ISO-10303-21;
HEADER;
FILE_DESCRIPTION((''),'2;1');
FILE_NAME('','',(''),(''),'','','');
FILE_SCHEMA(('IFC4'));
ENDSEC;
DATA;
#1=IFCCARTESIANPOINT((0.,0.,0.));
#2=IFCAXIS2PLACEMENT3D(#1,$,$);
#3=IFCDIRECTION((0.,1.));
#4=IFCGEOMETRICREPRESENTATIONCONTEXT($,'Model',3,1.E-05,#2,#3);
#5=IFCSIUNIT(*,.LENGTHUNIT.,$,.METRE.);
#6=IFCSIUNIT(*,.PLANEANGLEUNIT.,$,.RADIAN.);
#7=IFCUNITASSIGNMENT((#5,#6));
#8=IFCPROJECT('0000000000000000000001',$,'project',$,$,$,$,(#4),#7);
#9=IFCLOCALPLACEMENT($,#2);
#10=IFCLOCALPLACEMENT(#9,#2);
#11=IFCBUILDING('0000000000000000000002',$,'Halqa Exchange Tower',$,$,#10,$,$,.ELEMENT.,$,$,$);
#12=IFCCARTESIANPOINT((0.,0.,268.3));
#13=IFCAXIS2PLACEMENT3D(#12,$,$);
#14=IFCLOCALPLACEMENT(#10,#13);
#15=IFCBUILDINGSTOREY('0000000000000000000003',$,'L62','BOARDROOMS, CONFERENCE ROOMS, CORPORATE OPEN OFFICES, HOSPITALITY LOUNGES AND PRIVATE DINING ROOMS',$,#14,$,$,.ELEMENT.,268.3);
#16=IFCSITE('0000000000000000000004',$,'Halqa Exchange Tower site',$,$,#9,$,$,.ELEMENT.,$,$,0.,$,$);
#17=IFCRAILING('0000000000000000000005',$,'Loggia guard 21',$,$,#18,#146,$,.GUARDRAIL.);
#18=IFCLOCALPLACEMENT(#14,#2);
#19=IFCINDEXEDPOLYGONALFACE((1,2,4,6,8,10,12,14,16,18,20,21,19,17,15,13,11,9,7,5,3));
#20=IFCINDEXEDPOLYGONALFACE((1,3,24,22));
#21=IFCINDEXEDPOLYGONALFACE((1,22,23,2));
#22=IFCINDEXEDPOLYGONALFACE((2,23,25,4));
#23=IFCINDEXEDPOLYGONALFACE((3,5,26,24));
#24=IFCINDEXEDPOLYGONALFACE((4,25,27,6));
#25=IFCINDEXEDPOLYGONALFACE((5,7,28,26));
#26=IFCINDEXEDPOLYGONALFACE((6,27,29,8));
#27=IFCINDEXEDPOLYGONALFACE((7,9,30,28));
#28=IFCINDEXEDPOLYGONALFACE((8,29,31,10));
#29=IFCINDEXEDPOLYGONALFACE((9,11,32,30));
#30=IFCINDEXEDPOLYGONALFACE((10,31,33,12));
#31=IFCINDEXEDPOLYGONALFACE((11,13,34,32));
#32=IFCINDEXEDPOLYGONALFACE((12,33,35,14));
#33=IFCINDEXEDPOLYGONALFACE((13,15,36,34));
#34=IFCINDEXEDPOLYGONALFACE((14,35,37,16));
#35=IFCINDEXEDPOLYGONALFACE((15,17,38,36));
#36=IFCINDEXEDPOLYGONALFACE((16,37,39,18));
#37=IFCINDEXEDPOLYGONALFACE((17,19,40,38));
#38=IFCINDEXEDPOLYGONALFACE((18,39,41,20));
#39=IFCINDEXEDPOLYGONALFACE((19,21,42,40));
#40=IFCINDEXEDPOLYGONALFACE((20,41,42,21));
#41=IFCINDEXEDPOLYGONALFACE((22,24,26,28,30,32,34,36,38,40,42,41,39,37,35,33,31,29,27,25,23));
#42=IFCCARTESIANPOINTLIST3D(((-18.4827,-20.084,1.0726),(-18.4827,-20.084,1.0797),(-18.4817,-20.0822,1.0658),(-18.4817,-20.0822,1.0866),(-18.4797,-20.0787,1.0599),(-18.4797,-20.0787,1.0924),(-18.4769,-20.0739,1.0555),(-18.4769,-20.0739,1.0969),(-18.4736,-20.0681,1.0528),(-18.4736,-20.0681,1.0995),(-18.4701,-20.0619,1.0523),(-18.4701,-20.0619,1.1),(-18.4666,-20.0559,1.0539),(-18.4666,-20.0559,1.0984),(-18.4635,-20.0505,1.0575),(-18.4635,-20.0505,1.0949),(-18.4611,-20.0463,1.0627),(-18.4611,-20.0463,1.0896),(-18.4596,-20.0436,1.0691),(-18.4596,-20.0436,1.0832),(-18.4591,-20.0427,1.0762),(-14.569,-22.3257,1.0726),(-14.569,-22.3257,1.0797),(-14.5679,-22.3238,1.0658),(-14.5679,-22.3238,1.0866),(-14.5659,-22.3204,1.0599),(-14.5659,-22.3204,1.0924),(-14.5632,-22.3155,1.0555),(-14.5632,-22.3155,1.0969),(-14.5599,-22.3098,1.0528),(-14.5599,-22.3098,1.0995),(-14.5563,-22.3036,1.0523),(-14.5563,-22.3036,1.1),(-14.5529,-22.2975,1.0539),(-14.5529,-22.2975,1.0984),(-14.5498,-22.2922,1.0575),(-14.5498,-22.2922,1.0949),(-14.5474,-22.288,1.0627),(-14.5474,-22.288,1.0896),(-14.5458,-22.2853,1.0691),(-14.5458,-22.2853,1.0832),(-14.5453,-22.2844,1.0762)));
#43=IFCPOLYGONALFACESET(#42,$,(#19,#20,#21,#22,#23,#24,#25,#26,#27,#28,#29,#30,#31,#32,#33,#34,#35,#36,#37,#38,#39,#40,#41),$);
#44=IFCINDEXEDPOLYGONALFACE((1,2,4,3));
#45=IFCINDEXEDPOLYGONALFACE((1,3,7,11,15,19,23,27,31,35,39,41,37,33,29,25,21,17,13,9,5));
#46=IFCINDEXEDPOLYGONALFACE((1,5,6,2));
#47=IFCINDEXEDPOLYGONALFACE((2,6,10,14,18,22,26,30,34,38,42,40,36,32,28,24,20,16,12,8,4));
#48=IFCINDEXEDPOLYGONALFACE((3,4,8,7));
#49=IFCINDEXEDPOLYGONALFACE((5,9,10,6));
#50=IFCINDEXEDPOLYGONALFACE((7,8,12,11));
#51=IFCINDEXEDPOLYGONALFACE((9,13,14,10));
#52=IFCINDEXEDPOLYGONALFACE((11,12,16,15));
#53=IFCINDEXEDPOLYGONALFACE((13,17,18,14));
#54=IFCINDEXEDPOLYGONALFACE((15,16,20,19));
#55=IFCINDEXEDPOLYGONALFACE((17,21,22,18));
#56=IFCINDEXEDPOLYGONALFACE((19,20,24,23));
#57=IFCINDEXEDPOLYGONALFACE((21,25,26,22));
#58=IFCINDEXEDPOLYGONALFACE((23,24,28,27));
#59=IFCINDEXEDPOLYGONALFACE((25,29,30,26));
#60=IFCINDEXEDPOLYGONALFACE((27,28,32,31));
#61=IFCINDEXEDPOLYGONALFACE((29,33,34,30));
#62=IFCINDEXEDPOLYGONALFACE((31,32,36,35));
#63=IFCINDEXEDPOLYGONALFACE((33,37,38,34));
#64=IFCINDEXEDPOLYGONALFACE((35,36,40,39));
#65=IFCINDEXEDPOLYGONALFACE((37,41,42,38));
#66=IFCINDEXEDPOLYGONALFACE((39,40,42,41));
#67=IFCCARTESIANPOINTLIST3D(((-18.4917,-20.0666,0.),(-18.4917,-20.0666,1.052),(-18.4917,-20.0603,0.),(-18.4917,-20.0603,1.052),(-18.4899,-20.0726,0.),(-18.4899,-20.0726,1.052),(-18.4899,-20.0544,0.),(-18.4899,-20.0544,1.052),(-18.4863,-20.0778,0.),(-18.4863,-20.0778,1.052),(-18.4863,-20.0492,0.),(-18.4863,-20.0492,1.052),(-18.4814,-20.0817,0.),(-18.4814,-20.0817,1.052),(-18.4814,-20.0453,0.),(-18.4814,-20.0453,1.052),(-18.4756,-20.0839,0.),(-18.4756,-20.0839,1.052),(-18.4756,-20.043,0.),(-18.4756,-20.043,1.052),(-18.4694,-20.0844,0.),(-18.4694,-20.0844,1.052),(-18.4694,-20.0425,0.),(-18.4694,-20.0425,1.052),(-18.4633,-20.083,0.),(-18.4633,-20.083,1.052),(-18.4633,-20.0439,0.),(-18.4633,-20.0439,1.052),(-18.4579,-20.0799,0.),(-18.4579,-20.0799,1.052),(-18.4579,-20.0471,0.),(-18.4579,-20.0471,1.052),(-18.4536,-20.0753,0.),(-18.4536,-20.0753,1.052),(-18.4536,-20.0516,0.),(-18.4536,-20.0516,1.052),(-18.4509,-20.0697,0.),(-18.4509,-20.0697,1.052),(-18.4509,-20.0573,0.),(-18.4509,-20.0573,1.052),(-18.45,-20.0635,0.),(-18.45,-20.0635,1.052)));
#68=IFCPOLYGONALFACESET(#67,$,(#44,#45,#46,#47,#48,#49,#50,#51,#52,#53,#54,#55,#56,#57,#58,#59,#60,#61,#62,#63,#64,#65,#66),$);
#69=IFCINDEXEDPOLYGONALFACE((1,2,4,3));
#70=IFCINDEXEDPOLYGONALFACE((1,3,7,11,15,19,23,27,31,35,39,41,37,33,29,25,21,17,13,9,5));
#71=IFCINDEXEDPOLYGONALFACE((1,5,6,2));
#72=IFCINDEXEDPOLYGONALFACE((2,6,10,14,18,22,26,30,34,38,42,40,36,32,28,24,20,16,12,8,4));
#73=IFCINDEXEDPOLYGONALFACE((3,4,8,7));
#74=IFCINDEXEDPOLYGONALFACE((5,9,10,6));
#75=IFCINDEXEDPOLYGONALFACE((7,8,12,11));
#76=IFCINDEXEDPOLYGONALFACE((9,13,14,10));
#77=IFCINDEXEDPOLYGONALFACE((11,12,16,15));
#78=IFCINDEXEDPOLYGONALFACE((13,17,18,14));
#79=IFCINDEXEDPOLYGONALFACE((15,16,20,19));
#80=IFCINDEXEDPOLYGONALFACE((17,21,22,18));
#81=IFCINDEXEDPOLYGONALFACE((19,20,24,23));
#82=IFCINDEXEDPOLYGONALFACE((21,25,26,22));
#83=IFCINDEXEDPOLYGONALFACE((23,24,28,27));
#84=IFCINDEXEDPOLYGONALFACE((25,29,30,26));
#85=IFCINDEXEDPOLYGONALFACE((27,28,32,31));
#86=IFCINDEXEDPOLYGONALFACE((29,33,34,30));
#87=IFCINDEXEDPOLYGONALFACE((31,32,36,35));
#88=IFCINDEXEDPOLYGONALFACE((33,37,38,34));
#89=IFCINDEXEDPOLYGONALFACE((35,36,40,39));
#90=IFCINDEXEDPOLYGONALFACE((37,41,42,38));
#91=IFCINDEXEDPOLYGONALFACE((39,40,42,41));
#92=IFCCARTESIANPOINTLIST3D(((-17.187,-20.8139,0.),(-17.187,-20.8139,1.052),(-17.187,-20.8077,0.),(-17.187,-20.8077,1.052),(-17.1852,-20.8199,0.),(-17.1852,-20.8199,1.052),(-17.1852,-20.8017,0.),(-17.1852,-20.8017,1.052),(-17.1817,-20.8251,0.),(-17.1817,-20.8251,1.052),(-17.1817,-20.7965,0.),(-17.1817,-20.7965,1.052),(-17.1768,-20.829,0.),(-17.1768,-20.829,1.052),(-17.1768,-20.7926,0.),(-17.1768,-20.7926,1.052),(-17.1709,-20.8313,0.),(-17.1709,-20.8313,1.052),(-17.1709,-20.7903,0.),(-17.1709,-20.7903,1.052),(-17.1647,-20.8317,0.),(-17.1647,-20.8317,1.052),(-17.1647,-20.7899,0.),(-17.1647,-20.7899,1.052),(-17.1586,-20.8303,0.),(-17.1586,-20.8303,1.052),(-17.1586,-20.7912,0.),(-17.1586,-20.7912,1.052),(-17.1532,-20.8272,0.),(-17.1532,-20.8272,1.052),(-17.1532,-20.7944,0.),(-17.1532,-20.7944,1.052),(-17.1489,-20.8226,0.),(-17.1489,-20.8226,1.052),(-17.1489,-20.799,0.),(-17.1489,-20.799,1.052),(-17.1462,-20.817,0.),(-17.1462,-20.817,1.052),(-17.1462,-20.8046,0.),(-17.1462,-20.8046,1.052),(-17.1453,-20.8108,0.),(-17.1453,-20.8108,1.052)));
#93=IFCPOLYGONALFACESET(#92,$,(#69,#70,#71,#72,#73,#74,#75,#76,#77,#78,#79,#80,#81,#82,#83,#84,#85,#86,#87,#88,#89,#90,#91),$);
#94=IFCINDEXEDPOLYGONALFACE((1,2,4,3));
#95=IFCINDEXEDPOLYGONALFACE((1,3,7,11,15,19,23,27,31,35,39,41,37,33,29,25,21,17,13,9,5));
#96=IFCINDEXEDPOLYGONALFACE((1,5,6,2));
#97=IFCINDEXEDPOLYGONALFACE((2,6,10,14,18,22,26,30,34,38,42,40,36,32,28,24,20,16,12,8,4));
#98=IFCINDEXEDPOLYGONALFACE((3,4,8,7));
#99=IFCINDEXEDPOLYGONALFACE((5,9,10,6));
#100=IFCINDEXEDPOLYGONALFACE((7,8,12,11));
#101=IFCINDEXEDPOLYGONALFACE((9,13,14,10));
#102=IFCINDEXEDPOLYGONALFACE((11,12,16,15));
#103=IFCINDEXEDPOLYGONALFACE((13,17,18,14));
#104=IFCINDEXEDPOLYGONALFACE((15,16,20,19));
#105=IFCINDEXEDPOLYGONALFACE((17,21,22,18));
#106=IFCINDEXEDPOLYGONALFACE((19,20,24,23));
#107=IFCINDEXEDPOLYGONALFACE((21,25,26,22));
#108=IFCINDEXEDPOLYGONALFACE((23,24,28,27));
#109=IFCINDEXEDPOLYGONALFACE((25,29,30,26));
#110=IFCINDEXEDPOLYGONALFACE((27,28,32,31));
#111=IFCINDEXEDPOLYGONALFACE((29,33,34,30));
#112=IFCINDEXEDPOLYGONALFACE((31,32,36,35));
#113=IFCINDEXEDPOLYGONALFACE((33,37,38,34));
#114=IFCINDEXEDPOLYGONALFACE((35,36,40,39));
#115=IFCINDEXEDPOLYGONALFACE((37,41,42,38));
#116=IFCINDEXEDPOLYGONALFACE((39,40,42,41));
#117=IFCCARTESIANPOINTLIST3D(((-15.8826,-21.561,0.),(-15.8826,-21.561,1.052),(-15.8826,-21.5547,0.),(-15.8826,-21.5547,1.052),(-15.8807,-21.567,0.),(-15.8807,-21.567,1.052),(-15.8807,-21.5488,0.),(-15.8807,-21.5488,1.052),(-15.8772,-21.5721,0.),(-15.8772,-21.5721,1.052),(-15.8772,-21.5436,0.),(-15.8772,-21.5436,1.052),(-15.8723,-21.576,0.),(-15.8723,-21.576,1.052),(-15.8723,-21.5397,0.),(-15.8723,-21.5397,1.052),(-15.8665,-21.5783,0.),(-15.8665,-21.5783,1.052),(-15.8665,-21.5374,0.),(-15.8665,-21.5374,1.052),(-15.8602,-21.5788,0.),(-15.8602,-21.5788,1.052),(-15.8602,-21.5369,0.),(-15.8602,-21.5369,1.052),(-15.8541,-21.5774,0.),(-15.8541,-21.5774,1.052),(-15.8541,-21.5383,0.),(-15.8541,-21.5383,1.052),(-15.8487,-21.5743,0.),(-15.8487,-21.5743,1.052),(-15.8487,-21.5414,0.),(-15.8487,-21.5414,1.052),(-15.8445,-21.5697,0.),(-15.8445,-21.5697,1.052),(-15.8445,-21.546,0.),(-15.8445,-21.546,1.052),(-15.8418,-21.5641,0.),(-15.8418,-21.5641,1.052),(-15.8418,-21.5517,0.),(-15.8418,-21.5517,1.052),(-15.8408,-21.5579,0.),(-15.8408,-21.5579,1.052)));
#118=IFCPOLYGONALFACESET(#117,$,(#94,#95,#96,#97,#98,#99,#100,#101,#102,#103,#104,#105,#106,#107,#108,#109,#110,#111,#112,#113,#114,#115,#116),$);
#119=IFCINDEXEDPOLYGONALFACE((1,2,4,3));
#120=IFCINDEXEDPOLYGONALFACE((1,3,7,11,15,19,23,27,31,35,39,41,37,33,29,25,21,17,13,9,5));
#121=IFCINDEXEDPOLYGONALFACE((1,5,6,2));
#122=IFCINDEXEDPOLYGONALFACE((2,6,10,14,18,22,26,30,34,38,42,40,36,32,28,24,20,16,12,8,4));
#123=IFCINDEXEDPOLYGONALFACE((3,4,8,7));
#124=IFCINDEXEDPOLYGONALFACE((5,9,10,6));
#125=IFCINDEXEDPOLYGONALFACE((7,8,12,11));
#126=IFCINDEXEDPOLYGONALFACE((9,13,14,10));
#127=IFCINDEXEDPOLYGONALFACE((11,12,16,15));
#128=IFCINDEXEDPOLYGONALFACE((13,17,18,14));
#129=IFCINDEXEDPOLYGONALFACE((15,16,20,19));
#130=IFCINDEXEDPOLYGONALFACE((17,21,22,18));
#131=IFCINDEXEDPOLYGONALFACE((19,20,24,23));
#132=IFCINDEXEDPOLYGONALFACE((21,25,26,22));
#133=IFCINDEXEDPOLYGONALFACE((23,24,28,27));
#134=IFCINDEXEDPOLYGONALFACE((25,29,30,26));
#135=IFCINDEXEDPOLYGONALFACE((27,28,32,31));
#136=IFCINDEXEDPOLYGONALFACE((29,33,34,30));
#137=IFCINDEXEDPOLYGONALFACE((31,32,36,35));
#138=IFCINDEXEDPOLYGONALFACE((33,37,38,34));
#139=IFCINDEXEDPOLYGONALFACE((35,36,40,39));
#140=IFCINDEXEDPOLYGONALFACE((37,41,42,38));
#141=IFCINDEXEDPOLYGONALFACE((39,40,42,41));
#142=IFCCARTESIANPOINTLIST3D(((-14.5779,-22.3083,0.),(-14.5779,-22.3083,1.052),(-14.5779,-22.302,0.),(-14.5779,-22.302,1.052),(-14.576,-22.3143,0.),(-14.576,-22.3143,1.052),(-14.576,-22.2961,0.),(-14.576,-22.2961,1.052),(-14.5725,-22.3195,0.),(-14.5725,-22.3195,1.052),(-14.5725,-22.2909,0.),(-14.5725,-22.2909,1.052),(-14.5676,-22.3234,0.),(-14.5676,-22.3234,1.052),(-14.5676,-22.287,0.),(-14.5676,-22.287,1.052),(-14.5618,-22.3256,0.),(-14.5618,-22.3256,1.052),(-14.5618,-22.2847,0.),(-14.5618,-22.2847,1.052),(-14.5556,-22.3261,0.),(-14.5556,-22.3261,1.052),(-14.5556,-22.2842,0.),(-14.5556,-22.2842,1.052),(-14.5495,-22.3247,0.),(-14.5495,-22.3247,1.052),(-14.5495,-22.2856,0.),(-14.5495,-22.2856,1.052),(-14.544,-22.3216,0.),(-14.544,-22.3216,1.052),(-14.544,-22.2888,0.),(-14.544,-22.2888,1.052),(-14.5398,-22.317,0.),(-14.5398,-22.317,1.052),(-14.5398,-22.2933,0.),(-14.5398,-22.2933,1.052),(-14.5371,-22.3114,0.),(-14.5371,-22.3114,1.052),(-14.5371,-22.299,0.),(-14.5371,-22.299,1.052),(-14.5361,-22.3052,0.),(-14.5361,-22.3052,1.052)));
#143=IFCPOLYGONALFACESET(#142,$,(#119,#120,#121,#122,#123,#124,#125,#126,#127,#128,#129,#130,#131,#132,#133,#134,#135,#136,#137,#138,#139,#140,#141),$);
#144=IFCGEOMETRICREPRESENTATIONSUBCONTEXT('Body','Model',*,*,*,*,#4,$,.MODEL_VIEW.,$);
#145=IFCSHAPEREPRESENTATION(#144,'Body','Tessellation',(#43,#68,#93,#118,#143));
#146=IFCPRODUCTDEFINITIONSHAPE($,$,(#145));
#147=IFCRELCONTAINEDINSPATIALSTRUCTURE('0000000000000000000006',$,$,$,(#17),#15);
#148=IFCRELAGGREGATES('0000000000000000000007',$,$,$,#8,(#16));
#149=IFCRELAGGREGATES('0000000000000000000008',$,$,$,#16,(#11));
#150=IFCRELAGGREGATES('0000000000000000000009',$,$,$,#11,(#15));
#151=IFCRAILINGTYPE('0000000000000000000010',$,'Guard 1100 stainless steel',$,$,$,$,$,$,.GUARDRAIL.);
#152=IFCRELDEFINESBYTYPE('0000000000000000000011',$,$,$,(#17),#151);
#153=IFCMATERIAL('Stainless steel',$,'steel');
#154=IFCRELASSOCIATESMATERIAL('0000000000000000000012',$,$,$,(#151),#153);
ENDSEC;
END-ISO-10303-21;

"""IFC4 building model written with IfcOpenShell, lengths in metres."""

from ifc_helpers import new_model, si_unit, direction, frame, origin, origin_2d, place, context, subcontext, project, spatial, circle, extrude, material, type_object, element, save


model = new_model("IFC4")

# Units and contexts
model_context = context("Model", 3, precision=1e-05, world=origin(), true_north=direction((0.0, 1.0)))
body_context = subcontext(model_context, "Body", "Model", "MODEL_VIEW")
ifc_project = project(units=[si_unit("LENGTHUNIT", "METRE"), si_unit("PLANEANGLEUNIT", "RADIAN")], contexts=[model_context])

# Site, building, storey
site_placement = place(None, origin())
site = spatial("IfcSite", under=ifc_project, at=site_placement, Name="Halqa Exchange Tower site", CompositionType="ELEMENT", RefElevation=0.0)
building_placement = place(site_placement, origin())
building = spatial("IfcBuilding", under=site, at=building_placement, Name="Halqa Exchange Tower", CompositionType="ELEMENT")
storey_placement = place(building_placement, frame((0.0, 0.0, 268.3)))
storey = spatial("IfcBuildingStorey", under=building, at=storey_placement, Name="L62", Description="BOARDROOMS, CONFERENCE ROOMS, CORPORATE OPEN OFFICES, HOSPITALITY LOUNGES AND PRIVATE DINING ROOMS", CompositionType="ELEMENT", Elevation=268.3)

# Railing
ifc_material_1 = material(Name="Stainless steel", Category="steel")
railing_type = type_object("IfcRailingType", Name="Guard 1100 stainless steel", PredefinedType="GUARDRAIL", material=ifc_material_1)
railing_1_placement = place(storey_placement, frame((-18.4709, -20.0635, 0.0)))
element("IfcRailing", 1, at=railing_1_placement, inside=storey, type_object=railing_type, Name="Loggia guard 21", PredefinedType="GUARDRAIL", context=body_context, shape_type="SweptSolid", body=[
    extrude(circle(Radius=0.0239, at=origin_2d()), frame((0.0, 0.0, 1.0762), z_axis=(0.867743, -0.497013, 0.0), x_axis=(0.497013, 0.867743, 0.0)), (0.0, 0.0, 1.0), 4.5103),
    extrude(circle(Radius=0.021, at=origin_2d()), origin(), (0.0, 0.0, 1.0), 1.052),
    extrude(circle(Radius=0.021, at=origin_2d()), frame((1.3047, -0.7473, 0.0)), (0.0, 0.0, 1.0), 1.052),
    extrude(circle(Radius=0.021, at=origin_2d()), frame((2.6091, -1.4944, 0.0)), (0.0, 0.0, 1.0), 1.052),
    extrude(circle(Radius=0.021, at=origin_2d()), frame((3.9138, -2.2417, 0.0)), (0.0, 0.0, 1.0), 1.052),
])

save(model, "model.ifc")
